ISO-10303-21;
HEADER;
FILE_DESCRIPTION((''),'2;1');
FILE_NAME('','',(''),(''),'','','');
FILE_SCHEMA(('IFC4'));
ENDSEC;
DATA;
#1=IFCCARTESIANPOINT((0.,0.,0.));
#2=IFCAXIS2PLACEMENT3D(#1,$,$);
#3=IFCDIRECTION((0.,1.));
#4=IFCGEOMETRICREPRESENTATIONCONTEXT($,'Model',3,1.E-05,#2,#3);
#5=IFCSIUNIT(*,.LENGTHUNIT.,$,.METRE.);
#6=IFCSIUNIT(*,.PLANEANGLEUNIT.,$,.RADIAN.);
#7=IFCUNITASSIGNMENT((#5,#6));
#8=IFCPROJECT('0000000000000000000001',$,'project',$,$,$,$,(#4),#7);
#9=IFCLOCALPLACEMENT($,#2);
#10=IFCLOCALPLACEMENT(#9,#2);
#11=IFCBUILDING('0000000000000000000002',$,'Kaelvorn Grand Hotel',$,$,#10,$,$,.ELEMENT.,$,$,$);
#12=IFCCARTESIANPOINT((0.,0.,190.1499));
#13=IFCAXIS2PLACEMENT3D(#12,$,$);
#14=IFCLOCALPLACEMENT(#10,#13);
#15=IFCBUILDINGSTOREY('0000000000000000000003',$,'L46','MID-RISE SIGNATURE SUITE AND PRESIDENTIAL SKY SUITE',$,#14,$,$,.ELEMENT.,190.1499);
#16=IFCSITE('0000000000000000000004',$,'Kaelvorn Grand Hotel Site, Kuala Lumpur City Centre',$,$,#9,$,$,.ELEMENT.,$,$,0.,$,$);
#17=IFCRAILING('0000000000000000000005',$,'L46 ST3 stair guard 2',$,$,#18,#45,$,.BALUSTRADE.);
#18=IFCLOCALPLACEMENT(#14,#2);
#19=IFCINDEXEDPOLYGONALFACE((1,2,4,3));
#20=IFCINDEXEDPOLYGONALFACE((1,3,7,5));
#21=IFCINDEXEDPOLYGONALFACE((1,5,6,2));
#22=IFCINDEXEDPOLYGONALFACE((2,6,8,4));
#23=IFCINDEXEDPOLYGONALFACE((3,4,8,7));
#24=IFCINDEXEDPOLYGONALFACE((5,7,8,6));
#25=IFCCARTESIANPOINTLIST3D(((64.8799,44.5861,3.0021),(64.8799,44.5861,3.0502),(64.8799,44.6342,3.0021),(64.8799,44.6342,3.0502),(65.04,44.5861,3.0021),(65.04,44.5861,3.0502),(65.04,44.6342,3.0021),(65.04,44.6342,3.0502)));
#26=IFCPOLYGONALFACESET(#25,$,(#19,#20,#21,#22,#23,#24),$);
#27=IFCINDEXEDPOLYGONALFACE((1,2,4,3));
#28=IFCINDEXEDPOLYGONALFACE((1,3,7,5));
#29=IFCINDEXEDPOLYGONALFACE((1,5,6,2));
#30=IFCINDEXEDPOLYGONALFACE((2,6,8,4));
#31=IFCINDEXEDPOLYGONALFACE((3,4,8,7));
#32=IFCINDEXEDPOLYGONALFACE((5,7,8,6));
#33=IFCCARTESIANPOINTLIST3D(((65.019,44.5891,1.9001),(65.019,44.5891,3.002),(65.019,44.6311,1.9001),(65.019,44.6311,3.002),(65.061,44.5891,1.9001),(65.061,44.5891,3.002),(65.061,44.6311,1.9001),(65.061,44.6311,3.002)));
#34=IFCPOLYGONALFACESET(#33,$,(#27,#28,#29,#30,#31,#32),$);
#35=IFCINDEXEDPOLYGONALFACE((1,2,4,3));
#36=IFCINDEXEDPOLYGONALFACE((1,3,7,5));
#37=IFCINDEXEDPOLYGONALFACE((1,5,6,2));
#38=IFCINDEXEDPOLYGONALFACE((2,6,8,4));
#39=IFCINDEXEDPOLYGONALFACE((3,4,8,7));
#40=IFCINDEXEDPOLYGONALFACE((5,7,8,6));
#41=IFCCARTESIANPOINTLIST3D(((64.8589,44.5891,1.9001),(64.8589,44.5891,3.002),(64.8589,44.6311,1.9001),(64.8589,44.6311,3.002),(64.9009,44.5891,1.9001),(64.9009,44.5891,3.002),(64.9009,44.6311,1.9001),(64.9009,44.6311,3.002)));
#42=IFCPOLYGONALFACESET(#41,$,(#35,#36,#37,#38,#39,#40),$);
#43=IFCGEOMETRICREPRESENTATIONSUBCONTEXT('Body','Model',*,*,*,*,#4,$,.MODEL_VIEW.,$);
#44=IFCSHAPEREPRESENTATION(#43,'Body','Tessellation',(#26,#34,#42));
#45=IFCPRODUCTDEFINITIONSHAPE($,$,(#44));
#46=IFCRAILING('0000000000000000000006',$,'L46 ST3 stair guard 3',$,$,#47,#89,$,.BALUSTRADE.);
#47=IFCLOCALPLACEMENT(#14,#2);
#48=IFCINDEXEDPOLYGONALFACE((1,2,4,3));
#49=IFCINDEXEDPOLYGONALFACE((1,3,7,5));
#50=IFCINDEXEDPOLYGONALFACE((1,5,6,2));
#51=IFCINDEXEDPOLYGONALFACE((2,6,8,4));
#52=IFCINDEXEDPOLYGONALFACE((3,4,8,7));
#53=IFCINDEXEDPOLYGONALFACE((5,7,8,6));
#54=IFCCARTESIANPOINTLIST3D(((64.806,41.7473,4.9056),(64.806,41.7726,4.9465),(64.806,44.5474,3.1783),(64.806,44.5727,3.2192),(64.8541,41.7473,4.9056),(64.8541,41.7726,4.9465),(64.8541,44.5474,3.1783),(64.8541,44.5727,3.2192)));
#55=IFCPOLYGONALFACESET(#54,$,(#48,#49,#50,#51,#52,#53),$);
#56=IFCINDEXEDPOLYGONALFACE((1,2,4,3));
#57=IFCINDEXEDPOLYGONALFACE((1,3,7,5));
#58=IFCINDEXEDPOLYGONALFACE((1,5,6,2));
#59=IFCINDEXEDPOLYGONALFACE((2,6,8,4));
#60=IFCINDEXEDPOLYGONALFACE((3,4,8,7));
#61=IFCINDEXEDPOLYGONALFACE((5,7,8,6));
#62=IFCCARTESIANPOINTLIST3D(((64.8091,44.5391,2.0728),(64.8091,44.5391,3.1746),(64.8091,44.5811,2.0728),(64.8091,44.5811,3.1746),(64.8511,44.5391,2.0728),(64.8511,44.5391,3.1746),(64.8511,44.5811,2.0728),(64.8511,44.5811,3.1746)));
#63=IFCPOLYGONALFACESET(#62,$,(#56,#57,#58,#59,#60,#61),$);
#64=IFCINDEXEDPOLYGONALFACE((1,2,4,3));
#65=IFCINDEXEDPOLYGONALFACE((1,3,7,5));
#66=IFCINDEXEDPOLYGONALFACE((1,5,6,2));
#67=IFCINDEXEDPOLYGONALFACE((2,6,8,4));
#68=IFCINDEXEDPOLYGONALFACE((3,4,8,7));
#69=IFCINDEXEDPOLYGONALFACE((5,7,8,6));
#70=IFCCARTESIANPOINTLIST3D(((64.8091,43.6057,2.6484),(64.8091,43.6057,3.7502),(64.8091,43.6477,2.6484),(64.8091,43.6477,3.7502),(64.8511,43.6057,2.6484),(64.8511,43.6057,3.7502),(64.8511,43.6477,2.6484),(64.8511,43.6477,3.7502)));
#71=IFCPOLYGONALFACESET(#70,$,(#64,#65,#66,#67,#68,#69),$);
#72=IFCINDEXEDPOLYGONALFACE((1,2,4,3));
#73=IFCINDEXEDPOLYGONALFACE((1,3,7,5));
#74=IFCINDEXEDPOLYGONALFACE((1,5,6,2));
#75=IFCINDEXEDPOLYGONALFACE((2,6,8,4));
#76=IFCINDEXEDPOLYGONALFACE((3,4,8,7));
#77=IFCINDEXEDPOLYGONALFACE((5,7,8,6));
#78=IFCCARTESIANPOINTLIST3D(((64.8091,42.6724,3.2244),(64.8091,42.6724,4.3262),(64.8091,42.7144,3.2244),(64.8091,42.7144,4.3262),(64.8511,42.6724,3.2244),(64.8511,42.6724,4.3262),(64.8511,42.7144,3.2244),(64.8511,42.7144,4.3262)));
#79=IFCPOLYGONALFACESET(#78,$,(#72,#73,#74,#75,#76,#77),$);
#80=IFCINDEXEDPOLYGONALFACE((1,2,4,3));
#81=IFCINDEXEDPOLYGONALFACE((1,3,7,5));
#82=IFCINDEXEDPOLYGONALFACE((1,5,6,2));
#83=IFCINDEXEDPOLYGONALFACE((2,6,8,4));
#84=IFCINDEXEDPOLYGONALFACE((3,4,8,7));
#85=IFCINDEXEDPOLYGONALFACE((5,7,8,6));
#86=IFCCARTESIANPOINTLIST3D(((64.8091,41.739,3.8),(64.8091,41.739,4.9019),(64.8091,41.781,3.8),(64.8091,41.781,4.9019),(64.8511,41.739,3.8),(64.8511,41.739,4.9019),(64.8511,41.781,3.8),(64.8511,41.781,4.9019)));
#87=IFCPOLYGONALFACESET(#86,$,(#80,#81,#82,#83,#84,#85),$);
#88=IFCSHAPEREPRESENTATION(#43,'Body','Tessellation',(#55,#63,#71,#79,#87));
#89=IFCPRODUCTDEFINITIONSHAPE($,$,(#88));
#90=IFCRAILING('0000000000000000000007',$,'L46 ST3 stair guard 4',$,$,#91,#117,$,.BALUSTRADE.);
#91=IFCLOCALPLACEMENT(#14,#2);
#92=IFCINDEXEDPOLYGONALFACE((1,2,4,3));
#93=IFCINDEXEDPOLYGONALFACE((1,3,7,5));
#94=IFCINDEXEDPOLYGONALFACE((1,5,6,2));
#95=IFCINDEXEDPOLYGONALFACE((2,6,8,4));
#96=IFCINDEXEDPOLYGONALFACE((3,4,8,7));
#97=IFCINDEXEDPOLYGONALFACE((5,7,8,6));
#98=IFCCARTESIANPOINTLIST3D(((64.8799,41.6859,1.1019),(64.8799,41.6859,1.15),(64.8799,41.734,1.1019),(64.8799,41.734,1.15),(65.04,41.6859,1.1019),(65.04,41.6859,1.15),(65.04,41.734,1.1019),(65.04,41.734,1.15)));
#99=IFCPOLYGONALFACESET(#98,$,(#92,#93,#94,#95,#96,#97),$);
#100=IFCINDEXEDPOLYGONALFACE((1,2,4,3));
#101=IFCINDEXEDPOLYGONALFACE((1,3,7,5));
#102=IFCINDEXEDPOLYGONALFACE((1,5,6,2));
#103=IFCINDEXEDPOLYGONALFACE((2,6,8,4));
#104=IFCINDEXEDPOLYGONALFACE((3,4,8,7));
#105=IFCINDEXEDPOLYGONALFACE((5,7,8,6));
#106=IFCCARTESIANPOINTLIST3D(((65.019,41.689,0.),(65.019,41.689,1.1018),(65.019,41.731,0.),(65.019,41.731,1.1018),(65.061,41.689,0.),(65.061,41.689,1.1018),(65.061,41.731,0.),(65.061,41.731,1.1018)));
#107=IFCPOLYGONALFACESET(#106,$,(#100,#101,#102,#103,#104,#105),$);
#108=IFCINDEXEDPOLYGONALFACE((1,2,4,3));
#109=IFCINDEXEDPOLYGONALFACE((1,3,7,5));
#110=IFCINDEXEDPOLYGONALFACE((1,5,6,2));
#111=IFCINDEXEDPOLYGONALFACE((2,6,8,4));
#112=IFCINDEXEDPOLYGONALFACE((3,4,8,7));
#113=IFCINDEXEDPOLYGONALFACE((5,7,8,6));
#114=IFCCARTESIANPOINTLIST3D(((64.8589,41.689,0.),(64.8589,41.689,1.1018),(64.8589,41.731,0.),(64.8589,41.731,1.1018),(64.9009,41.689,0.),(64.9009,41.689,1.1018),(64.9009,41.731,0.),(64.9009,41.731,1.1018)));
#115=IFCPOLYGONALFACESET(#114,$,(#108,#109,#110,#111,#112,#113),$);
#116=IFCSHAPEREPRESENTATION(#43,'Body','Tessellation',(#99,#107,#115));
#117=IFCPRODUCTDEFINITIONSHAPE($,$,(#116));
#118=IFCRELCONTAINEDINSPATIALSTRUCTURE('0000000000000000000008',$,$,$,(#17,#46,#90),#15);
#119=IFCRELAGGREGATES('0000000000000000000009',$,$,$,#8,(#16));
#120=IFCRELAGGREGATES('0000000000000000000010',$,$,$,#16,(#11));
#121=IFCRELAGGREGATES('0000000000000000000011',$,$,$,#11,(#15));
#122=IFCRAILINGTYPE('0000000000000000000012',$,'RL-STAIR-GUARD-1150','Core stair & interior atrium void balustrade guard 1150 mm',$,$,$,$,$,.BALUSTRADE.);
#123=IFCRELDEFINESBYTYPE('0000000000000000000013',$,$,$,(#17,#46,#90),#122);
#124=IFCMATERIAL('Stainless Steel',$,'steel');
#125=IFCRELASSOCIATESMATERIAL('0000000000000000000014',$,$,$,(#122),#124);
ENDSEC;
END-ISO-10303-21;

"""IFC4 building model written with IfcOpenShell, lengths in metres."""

from ifc_helpers import new_model, si_unit, direction, frame, origin, origin_2d, place, context, subcontext, project, spatial, rectangle, extrude, material, type_object, element, save


model = new_model("IFC4")

# Units and contexts
model_context = context("Model", 3, precision=1e-05, world=origin(), true_north=direction((0.0, 1.0)))
body_context = subcontext(model_context, "Body", "Model", "MODEL_VIEW")
ifc_project = project(units=[si_unit("LENGTHUNIT", "METRE"), si_unit("PLANEANGLEUNIT", "RADIAN")], contexts=[model_context])

# Site, building, storey
site_placement = place(None, origin())
site = spatial("IfcSite", under=ifc_project, at=site_placement, Name="Kaelvorn Grand Hotel Site, Kuala Lumpur City Centre", CompositionType="ELEMENT", RefElevation=0.0)
building_placement = place(site_placement, origin())
building = spatial("IfcBuilding", under=site, at=building_placement, Name="Kaelvorn Grand Hotel", CompositionType="ELEMENT")
storey_placement = place(building_placement, frame((0.0, 0.0, 190.1499)))
storey = spatial("IfcBuildingStorey", under=building, at=storey_placement, Name="L46", Description="MID-RISE SIGNATURE SUITE AND PRESIDENTIAL SKY SUITE", CompositionType="ELEMENT", Elevation=190.1499)

# Shared definitions
ifc_material_1 = material(Name="Stainless Steel", Category="steel")

# Railings
railing_type_1 = type_object("IfcRailingType", Name="RL-STAIR-GUARD-1150", Description="Core stair & interior atrium void balustrade guard 1150 mm", PredefinedType="BALUSTRADE", material=ifc_material_1)
railing_1_placement = place(storey_placement, frame((65.04, 44.6101, 1.9001)))
element("IfcRailing", 1, at=railing_1_placement, inside=storey, type_object=railing_type_1, Name="L46 ST3 stair guard 2", PredefinedType="BALUSTRADE", context=body_context, shape_type="SweptSolid", body=[
    extrude(rectangle(XDim=0.0481, YDim=0.0481, at=origin_2d()), frame((0.0, 0.0, 1.126), z_axis=(-1.0, 0.0, 0.0), x_axis=(0.0, -1.0, 0.0)), (0.0, 0.0, 1.0), 0.1602),
    extrude(rectangle(XDim=0.042, YDim=0.042, at=origin_2d()), origin(), (0.0, 0.0, 1.0), 1.1018),
    extrude(rectangle(XDim=0.042, YDim=0.042, at=origin_2d()), frame((-0.1602, 0.0, 0.0)), (0.0, 0.0, 1.0), 1.1018),
])
railing_2_placement = place(storey_placement, frame((64.8301, 44.5601, 2.0728)))
element("IfcRailing", 2, at=railing_2_placement, inside=storey, type_object=railing_type_1, Name="L46 ST3 stair guard 3", PredefinedType="BALUSTRADE", context=body_context, shape_type="SweptSolid", body=[
    extrude(rectangle(XDim=0.0481, YDim=0.0481, at=origin_2d()), frame((0.0, 0.0, 1.126), z_axis=(0.0, -0.85109, 0.52502), x_axis=(1.0, 0.0, 0.0)), (0.0, 0.0, 1.0), 3.29),
    extrude(rectangle(XDim=0.042, YDim=0.042, at=origin_2d()), origin(), (0.0, 0.0, 1.0), 1.1018),
    extrude(rectangle(XDim=0.042, YDim=0.042, at=origin_2d()), frame((0.0, -0.9333, 0.5757)), (0.0, 0.0, 1.0), 1.1018),
    extrude(rectangle(XDim=0.042, YDim=0.042, at=origin_2d()), frame((0.0, -1.8667, 1.1516)), (0.0, 0.0, 1.0), 1.1018),
    extrude(rectangle(XDim=0.042, YDim=0.042, at=origin_2d()), frame((0.0, -2.8, 1.7273)), (0.0, 0.0, 1.0), 1.1018),
])
railing_3_placement = place(storey_placement, frame((65.04, 41.71, 0.0)))
element("IfcRailing", 3, at=railing_3_placement, inside=storey, type_object=railing_type_1, Name="L46 ST3 stair guard 4", PredefinedType="BALUSTRADE", context=body_context, shape_type="SweptSolid", body=[
    extrude(rectangle(XDim=0.0481, YDim=0.0481, at=origin_2d()), frame((0.0, 0.0, 1.126), z_axis=(-1.0, 0.0, 0.0), x_axis=(0.0, -1.0, 0.0)), (0.0, 0.0, 1.0), 0.1602),
    extrude(rectangle(XDim=0.042, YDim=0.042, at=origin_2d()), origin(), (0.0, 0.0, 1.0), 1.1018),
    extrude(rectangle(XDim=0.042, YDim=0.042, at=origin_2d()), frame((-0.1602, 0.0, 0.0)), (0.0, 0.0, 1.0), 1.1018),
])

save(model, "model.ifc")
